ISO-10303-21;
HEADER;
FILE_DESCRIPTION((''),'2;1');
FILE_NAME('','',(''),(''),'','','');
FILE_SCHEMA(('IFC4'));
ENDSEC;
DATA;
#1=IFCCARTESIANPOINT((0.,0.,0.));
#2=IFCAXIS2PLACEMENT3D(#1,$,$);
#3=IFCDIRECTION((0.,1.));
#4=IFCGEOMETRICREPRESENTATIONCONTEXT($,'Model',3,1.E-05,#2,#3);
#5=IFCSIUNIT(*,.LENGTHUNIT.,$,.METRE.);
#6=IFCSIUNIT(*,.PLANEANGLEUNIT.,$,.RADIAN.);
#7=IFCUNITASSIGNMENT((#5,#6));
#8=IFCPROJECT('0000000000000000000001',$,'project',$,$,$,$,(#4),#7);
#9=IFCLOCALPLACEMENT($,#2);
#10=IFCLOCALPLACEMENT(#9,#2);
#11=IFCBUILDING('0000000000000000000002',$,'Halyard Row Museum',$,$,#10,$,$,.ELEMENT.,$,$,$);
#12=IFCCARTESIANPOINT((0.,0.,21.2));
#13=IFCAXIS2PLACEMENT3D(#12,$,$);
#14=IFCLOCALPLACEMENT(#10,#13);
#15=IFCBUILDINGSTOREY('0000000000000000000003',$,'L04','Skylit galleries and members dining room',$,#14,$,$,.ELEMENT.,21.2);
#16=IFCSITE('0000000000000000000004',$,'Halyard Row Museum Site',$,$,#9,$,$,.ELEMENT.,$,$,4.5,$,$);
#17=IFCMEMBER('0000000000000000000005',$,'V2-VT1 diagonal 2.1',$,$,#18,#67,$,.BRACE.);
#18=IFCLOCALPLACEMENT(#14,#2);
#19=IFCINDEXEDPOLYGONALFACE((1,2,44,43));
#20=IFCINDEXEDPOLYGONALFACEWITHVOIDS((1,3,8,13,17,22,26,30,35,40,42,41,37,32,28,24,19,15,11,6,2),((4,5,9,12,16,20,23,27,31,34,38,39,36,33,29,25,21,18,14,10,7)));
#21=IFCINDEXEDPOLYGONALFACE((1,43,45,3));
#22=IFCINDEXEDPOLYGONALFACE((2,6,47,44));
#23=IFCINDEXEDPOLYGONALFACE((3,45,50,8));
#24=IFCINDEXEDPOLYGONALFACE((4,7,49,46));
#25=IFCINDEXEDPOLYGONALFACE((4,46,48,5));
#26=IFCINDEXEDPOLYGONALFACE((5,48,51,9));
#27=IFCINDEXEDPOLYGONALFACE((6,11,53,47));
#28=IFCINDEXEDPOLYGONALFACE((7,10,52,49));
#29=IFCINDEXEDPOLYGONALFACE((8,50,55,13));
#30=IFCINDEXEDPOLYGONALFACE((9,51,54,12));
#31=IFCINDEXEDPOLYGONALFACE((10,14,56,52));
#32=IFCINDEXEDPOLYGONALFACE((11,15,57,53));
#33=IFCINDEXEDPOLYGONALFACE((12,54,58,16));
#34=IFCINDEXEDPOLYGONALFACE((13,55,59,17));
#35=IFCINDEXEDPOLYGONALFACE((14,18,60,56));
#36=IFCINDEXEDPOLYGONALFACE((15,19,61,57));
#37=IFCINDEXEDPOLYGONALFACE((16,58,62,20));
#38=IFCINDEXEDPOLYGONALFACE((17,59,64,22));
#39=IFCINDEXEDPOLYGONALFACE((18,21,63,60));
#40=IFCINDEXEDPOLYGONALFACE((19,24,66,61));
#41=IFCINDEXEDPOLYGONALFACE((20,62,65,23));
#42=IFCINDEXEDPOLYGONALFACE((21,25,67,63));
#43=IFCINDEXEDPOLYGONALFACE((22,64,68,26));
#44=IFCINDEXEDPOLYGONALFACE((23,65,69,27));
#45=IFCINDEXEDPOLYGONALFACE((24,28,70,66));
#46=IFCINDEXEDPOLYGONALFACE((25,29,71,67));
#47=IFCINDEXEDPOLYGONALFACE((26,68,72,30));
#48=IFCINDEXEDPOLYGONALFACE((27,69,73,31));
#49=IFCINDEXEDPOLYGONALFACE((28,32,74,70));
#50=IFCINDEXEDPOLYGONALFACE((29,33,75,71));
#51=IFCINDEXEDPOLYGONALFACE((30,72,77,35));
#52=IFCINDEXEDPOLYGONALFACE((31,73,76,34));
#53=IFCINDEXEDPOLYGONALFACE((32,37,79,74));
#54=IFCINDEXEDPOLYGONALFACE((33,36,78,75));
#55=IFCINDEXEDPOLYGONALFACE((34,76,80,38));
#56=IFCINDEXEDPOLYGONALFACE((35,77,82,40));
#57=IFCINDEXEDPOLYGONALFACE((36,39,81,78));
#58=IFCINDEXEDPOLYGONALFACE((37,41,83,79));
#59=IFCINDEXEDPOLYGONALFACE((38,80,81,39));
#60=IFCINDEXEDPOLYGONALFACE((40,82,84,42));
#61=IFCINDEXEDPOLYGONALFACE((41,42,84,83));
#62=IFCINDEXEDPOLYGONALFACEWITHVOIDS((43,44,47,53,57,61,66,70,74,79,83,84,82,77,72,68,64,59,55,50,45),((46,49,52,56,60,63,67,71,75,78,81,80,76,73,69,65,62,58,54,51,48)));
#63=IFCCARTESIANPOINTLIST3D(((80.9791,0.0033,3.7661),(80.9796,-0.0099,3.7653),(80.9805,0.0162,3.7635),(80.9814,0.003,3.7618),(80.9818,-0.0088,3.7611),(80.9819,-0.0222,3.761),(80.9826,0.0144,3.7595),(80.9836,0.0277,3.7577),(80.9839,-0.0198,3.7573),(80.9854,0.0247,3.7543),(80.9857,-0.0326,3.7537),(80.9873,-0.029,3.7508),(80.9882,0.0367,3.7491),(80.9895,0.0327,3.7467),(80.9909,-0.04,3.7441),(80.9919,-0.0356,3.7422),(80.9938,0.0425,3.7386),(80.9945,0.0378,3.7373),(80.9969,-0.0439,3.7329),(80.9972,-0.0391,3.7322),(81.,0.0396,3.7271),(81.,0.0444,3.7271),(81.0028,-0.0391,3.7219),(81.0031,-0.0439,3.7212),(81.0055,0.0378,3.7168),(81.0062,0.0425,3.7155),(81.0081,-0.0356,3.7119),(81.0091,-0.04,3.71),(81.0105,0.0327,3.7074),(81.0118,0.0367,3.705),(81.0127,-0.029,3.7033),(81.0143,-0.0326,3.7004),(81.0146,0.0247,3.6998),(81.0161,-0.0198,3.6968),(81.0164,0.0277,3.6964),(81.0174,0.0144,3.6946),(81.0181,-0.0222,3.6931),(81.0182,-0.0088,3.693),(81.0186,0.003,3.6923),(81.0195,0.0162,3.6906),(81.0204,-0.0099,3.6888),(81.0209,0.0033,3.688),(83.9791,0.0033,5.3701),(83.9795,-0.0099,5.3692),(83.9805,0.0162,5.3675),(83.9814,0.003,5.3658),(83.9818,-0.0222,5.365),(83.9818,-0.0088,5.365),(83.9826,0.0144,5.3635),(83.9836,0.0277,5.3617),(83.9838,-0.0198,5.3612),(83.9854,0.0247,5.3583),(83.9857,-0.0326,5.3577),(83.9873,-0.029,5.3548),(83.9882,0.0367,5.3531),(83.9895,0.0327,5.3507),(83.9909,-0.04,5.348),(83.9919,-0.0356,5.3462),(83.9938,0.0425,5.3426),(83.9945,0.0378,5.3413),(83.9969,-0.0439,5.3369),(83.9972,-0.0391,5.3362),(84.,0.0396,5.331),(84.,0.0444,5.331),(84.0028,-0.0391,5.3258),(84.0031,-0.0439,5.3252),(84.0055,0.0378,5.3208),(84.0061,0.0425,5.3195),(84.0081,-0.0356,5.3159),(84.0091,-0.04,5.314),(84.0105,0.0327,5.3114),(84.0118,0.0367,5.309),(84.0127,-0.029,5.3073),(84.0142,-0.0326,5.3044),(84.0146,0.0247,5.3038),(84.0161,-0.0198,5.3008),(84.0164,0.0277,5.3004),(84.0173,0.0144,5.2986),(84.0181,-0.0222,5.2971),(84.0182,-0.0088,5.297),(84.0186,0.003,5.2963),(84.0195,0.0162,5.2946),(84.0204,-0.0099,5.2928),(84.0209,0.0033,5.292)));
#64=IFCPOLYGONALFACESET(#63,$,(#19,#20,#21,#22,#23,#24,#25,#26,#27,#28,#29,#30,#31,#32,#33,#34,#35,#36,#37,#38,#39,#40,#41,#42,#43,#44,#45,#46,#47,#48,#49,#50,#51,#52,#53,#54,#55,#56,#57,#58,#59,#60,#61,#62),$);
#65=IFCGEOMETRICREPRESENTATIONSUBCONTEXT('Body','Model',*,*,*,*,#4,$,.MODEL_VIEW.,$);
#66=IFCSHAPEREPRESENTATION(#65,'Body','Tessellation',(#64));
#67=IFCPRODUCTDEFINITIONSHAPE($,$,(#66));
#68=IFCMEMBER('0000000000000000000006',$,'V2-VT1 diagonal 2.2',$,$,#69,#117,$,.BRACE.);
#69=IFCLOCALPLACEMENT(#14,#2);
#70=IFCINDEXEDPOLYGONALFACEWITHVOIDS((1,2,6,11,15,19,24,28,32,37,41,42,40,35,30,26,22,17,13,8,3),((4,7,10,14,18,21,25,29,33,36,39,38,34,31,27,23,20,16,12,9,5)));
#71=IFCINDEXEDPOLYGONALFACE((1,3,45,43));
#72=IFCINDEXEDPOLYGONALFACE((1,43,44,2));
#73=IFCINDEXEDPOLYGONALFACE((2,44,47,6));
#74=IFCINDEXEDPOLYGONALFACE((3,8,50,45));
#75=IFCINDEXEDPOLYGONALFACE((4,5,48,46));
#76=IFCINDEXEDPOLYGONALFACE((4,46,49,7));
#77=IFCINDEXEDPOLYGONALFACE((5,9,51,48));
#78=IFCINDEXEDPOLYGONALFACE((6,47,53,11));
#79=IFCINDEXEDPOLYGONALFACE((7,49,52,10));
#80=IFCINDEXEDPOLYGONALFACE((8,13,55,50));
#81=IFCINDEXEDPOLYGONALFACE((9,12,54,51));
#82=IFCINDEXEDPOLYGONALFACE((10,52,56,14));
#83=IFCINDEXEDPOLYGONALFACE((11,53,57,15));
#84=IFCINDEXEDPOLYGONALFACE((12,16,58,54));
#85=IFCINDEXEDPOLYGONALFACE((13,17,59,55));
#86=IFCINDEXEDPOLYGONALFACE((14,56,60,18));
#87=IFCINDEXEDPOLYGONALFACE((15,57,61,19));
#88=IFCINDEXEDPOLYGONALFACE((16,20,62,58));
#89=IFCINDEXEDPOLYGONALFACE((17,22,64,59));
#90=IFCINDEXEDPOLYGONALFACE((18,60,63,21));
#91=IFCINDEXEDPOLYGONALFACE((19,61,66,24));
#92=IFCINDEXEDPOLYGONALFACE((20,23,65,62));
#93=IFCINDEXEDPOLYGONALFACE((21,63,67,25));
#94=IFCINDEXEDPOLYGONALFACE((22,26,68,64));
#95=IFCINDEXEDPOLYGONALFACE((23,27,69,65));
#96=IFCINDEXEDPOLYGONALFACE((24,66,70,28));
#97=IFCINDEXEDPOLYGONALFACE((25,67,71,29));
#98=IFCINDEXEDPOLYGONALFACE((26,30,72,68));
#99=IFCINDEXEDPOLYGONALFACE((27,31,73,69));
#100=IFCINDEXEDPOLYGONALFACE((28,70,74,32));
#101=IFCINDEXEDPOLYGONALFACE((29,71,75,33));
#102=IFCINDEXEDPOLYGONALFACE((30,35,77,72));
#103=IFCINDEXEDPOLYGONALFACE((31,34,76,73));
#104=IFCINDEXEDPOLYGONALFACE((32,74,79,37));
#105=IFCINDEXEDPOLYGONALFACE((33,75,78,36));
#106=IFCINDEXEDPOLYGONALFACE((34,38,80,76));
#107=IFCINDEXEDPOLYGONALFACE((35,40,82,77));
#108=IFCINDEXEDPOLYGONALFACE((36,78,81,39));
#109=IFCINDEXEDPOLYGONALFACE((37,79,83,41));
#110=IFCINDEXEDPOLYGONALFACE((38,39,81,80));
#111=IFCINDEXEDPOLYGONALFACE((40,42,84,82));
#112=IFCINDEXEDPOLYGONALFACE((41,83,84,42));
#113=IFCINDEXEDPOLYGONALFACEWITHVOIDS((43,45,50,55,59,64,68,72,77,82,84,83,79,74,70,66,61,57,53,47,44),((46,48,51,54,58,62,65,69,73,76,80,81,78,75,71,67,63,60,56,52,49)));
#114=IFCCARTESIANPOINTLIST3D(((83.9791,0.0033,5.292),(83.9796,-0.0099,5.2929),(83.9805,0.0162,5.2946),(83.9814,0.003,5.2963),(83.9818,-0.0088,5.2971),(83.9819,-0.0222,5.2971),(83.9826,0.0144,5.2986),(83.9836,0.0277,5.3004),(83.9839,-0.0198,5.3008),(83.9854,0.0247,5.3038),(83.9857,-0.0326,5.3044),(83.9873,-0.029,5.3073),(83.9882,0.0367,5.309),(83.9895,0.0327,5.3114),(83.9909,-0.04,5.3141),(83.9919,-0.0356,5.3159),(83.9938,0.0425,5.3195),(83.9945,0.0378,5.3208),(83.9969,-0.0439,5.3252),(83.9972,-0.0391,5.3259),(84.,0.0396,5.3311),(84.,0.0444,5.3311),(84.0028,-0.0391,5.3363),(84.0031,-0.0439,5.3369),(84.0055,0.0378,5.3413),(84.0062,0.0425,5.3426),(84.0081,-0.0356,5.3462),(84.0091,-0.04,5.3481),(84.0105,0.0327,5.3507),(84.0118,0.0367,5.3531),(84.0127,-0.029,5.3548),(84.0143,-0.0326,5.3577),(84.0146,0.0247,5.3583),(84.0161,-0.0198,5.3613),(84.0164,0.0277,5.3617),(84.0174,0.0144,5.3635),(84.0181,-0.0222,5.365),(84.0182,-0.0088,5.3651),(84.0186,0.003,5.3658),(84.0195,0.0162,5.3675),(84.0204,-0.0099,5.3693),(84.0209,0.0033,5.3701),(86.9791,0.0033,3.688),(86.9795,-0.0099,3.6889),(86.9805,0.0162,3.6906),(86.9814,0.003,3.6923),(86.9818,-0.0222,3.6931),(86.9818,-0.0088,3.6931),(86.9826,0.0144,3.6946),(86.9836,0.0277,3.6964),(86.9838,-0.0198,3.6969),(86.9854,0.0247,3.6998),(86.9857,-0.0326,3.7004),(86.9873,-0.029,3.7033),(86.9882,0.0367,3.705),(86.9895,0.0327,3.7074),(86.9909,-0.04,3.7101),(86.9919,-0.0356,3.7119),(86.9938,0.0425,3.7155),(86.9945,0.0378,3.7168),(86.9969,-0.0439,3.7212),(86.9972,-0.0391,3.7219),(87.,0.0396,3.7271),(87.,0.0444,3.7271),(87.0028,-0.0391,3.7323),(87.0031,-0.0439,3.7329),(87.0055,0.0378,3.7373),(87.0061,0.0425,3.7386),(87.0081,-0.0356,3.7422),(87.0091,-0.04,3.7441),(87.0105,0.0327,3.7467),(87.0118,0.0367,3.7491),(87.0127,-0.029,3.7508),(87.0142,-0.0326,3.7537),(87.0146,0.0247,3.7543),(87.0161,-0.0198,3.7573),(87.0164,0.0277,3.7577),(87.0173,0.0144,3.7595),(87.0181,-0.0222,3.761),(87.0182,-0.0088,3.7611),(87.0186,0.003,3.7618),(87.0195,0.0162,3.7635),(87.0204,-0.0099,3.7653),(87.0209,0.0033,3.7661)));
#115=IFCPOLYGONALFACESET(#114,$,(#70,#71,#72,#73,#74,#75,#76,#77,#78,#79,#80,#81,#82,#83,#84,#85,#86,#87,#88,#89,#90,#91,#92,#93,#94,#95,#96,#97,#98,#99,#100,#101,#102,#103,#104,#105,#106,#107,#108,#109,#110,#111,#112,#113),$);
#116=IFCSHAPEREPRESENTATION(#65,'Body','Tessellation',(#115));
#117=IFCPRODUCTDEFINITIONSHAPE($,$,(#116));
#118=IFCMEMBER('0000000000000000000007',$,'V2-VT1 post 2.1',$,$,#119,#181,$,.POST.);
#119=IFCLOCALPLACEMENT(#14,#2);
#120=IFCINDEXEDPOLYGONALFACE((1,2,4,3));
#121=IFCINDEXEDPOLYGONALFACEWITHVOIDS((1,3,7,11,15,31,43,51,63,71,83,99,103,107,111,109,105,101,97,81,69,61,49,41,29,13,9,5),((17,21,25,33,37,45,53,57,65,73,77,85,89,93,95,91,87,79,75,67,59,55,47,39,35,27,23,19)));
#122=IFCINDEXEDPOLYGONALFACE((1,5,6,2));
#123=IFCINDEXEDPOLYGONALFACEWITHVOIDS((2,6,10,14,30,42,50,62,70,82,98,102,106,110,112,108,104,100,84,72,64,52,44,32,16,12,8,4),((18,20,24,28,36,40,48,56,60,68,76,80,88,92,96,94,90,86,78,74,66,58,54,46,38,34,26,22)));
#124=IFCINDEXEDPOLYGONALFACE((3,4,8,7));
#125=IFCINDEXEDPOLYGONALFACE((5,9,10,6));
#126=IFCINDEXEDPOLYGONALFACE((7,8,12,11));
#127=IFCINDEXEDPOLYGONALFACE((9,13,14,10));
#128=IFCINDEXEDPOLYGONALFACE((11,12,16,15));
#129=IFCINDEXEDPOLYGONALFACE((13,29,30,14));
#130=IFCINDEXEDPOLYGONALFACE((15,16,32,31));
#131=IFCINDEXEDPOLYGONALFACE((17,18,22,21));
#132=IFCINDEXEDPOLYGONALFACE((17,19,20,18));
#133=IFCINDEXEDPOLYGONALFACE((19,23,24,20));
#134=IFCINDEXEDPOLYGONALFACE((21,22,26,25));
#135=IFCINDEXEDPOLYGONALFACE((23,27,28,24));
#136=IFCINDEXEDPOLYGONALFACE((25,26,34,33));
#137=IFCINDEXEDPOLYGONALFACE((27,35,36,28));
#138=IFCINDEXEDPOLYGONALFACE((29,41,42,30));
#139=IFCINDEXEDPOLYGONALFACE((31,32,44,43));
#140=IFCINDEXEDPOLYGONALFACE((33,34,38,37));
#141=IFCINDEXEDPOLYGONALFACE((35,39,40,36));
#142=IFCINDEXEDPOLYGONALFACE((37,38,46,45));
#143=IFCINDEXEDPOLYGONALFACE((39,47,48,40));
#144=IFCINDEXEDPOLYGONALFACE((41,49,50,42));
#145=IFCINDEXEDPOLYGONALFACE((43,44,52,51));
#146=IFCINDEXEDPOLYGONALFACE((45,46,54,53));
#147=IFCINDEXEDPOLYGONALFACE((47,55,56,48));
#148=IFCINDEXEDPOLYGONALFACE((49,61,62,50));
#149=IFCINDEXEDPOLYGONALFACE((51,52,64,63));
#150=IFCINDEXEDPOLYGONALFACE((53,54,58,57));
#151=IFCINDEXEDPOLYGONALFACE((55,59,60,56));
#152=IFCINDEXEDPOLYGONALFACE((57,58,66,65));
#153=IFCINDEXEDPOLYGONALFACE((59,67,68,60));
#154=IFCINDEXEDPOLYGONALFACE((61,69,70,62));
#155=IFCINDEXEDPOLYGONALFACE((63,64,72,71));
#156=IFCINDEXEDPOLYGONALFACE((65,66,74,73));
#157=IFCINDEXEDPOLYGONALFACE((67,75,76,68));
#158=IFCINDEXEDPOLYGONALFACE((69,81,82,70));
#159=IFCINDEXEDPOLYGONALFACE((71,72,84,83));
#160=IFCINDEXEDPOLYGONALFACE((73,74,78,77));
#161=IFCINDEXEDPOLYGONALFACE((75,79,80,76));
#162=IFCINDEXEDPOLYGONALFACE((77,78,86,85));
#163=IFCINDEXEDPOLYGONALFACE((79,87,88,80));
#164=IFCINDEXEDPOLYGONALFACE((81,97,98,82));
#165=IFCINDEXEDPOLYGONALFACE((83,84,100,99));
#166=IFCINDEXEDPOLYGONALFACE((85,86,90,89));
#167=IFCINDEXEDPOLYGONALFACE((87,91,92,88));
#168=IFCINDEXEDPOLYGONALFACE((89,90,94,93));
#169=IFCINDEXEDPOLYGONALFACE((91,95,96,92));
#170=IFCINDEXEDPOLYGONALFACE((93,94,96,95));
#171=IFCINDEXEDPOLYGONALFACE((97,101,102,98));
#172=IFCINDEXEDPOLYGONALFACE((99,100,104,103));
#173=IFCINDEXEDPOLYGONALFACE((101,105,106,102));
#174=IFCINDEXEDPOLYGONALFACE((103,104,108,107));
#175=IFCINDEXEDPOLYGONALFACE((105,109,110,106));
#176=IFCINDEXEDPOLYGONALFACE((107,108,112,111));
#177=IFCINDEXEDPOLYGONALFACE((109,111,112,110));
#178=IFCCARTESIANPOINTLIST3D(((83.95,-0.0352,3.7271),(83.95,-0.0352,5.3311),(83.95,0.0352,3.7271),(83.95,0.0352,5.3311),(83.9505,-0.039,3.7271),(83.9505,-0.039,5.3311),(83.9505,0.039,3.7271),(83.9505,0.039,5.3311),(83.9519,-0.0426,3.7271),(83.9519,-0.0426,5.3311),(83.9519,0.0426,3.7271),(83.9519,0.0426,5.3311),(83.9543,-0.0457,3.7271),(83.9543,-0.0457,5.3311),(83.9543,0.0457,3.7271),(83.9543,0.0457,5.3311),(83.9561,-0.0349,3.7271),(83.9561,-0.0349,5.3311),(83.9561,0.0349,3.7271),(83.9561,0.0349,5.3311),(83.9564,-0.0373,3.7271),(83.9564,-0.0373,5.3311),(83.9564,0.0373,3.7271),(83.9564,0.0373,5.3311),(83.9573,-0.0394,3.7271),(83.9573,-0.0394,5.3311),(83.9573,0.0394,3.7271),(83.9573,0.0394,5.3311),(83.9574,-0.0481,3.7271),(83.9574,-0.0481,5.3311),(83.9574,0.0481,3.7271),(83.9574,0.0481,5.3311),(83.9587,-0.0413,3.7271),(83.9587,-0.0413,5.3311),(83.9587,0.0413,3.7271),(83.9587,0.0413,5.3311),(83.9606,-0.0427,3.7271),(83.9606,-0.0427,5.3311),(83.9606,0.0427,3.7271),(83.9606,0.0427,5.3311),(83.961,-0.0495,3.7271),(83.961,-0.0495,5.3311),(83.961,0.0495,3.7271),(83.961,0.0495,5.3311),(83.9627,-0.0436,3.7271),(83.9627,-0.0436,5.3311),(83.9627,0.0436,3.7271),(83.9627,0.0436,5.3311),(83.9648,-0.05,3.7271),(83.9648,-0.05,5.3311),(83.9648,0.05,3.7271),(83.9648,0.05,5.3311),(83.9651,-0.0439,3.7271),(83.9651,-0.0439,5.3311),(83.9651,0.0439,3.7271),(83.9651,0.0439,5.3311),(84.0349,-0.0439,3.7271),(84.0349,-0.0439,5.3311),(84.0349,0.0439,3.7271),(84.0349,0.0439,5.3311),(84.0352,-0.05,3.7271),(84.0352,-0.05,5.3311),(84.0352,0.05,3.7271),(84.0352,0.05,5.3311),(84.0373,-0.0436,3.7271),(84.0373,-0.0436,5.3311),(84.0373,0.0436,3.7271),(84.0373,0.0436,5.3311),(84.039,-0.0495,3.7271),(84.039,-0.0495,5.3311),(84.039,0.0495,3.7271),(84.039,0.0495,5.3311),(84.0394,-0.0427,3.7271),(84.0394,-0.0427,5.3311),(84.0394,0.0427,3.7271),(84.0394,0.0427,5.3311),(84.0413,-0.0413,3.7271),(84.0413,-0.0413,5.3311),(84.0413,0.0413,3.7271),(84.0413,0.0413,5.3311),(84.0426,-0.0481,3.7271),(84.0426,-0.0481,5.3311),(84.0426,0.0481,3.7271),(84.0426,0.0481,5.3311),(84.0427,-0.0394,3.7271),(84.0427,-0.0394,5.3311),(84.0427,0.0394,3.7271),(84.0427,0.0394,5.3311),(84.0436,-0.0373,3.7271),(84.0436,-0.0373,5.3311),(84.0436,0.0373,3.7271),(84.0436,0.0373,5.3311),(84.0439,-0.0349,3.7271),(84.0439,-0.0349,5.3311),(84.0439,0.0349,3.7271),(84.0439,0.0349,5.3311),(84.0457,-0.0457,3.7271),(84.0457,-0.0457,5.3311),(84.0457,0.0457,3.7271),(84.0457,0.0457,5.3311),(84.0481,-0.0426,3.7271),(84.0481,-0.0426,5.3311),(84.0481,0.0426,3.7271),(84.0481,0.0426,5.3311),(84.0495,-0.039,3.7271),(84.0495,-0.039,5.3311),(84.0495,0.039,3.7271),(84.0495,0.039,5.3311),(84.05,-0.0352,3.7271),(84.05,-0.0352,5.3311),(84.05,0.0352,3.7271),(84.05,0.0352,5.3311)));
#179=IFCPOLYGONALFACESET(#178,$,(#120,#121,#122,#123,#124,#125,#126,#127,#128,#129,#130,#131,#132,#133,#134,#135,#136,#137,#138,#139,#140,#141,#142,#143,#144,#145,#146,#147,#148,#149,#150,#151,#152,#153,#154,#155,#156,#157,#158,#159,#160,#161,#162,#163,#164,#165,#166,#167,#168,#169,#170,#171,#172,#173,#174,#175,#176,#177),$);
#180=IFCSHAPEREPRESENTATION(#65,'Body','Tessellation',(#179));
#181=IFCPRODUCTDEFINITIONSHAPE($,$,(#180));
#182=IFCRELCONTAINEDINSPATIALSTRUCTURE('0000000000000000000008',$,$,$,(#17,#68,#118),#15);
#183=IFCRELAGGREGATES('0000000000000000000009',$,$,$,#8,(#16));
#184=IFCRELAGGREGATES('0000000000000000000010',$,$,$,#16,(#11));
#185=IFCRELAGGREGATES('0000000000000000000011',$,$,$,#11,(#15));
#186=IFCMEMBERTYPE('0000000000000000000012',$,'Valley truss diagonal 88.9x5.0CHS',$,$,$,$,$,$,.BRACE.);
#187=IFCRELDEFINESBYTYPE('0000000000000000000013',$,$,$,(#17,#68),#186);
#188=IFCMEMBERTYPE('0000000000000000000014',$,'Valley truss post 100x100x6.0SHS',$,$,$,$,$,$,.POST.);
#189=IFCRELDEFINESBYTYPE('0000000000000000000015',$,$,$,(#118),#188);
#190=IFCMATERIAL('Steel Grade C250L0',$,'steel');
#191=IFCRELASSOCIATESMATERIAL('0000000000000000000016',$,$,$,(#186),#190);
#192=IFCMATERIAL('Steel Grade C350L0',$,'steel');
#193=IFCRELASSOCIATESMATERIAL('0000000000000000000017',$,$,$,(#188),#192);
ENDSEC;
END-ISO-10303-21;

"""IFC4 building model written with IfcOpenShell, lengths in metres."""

from ifc_helpers import new_model, si_unit, direction, frame, origin, origin_2d, place, context, subcontext, project, spatial, hollow_rectangle, hollow_circle, extrude, material, material_profile, profile_set, type_object, element, save


model = new_model("IFC4")

# Units and contexts
model_context = context("Model", 3, precision=1e-05, world=origin(), true_north=direction((0.0, 1.0)))
body_context = subcontext(model_context, "Body", "Model", "MODEL_VIEW")
ifc_project = project(units=[si_unit("LENGTHUNIT", "METRE"), si_unit("PLANEANGLEUNIT", "RADIAN")], contexts=[model_context])

# Site, building, storey
site_placement = place(None, origin())
site = spatial("IfcSite", under=ifc_project, at=site_placement, Name="Halyard Row Museum Site", CompositionType="ELEMENT", RefElevation=4.5)
building_placement = place(site_placement, origin())
building = spatial("IfcBuilding", under=site, at=building_placement, Name="Halyard Row Museum", CompositionType="ELEMENT")
storey_placement = place(building_placement, frame((0.0, 0.0, 21.2)))
storey = spatial("IfcBuildingStorey", under=building, at=storey_placement, Name="L04", Description="Skylit galleries and members dining room", CompositionType="ELEMENT", Elevation=21.2)

# Members
ifc_material_1 = material(Name="Steel Grade C250L0", Category="steel")
ifc_material_profile_1 = material_profile(ifc_material_1, hollow_circle(Radius=0.0444, WallThickness=0.0049, at=origin_2d()), Name="88.9x5.0CHS")
ifc_profile_set_1 = profile_set([ifc_material_profile_1], Name="Steel Grade C250L0")
member_type_1 = type_object("IfcMemberType", Name="Valley truss diagonal 88.9x5.0CHS", PredefinedType="BRACE", material=ifc_profile_set_1)
for number, where, z_axis, x_axis, name in (
    (1, (81.0, 0.0, 3.7271), (0.881864, 0.0, 0.471504), (0.0, 1.0, 0.0), "V2-VT1 diagonal 2.1"),
    (2, (84.0, 0.0, 5.3311), (0.881864, 0.0, -0.471504), (0.0, 1.0, 0.0), "V2-VT1 diagonal 2.2"),
):
    element("IfcMember", number, at=place(storey_placement, frame(where, z_axis=z_axis, x_axis=x_axis)), inside=storey, type_object=member_type_1, Name=name, PredefinedType="BRACE", context=body_context, shape_type="SweptSolid", body=[
        extrude(hollow_circle(Radius=0.0444, WallThickness=0.0049, at=origin_2d()), origin(), (0.0, 0.0, 1.0), 3.4019),
    ])
ifc_material_2 = material(Name="Steel Grade C350L0", Category="steel")
ifc_material_profile_2 = material_profile(ifc_material_2, hollow_rectangle(XDim=0.1001, YDim=0.1001, WallThickness=0.0061, InnerFilletRadius=0.009, OuterFilletRadius=0.0149, at=origin_2d()), Name="100x100x6.0SHS")
ifc_profile_set_2 = profile_set([ifc_material_profile_2], Name="Steel Grade C350L0")
member_type_2 = type_object("IfcMemberType", Name="Valley truss post 100x100x6.0SHS", PredefinedType="POST", material=ifc_profile_set_2)
member_1_placement = place(storey_placement, frame((84.0, 0.0, 3.7271), z_axis=(0.0, 0.0, 1.0), x_axis=(1.0, 0.0, 0.0)))
element("IfcMember", 3, at=member_1_placement, inside=storey, type_object=member_type_2, Name="V2-VT1 post 2.1", PredefinedType="POST", context=body_context, shape_type="SweptSolid", body=[
    extrude(hollow_rectangle(XDim=0.1001, YDim=0.1001, WallThickness=0.0061, InnerFilletRadius=0.009, OuterFilletRadius=0.0149, at=origin_2d()), origin(), (0.0, 0.0, 1.0), 1.604),
])

save(model, "model.ifc")
